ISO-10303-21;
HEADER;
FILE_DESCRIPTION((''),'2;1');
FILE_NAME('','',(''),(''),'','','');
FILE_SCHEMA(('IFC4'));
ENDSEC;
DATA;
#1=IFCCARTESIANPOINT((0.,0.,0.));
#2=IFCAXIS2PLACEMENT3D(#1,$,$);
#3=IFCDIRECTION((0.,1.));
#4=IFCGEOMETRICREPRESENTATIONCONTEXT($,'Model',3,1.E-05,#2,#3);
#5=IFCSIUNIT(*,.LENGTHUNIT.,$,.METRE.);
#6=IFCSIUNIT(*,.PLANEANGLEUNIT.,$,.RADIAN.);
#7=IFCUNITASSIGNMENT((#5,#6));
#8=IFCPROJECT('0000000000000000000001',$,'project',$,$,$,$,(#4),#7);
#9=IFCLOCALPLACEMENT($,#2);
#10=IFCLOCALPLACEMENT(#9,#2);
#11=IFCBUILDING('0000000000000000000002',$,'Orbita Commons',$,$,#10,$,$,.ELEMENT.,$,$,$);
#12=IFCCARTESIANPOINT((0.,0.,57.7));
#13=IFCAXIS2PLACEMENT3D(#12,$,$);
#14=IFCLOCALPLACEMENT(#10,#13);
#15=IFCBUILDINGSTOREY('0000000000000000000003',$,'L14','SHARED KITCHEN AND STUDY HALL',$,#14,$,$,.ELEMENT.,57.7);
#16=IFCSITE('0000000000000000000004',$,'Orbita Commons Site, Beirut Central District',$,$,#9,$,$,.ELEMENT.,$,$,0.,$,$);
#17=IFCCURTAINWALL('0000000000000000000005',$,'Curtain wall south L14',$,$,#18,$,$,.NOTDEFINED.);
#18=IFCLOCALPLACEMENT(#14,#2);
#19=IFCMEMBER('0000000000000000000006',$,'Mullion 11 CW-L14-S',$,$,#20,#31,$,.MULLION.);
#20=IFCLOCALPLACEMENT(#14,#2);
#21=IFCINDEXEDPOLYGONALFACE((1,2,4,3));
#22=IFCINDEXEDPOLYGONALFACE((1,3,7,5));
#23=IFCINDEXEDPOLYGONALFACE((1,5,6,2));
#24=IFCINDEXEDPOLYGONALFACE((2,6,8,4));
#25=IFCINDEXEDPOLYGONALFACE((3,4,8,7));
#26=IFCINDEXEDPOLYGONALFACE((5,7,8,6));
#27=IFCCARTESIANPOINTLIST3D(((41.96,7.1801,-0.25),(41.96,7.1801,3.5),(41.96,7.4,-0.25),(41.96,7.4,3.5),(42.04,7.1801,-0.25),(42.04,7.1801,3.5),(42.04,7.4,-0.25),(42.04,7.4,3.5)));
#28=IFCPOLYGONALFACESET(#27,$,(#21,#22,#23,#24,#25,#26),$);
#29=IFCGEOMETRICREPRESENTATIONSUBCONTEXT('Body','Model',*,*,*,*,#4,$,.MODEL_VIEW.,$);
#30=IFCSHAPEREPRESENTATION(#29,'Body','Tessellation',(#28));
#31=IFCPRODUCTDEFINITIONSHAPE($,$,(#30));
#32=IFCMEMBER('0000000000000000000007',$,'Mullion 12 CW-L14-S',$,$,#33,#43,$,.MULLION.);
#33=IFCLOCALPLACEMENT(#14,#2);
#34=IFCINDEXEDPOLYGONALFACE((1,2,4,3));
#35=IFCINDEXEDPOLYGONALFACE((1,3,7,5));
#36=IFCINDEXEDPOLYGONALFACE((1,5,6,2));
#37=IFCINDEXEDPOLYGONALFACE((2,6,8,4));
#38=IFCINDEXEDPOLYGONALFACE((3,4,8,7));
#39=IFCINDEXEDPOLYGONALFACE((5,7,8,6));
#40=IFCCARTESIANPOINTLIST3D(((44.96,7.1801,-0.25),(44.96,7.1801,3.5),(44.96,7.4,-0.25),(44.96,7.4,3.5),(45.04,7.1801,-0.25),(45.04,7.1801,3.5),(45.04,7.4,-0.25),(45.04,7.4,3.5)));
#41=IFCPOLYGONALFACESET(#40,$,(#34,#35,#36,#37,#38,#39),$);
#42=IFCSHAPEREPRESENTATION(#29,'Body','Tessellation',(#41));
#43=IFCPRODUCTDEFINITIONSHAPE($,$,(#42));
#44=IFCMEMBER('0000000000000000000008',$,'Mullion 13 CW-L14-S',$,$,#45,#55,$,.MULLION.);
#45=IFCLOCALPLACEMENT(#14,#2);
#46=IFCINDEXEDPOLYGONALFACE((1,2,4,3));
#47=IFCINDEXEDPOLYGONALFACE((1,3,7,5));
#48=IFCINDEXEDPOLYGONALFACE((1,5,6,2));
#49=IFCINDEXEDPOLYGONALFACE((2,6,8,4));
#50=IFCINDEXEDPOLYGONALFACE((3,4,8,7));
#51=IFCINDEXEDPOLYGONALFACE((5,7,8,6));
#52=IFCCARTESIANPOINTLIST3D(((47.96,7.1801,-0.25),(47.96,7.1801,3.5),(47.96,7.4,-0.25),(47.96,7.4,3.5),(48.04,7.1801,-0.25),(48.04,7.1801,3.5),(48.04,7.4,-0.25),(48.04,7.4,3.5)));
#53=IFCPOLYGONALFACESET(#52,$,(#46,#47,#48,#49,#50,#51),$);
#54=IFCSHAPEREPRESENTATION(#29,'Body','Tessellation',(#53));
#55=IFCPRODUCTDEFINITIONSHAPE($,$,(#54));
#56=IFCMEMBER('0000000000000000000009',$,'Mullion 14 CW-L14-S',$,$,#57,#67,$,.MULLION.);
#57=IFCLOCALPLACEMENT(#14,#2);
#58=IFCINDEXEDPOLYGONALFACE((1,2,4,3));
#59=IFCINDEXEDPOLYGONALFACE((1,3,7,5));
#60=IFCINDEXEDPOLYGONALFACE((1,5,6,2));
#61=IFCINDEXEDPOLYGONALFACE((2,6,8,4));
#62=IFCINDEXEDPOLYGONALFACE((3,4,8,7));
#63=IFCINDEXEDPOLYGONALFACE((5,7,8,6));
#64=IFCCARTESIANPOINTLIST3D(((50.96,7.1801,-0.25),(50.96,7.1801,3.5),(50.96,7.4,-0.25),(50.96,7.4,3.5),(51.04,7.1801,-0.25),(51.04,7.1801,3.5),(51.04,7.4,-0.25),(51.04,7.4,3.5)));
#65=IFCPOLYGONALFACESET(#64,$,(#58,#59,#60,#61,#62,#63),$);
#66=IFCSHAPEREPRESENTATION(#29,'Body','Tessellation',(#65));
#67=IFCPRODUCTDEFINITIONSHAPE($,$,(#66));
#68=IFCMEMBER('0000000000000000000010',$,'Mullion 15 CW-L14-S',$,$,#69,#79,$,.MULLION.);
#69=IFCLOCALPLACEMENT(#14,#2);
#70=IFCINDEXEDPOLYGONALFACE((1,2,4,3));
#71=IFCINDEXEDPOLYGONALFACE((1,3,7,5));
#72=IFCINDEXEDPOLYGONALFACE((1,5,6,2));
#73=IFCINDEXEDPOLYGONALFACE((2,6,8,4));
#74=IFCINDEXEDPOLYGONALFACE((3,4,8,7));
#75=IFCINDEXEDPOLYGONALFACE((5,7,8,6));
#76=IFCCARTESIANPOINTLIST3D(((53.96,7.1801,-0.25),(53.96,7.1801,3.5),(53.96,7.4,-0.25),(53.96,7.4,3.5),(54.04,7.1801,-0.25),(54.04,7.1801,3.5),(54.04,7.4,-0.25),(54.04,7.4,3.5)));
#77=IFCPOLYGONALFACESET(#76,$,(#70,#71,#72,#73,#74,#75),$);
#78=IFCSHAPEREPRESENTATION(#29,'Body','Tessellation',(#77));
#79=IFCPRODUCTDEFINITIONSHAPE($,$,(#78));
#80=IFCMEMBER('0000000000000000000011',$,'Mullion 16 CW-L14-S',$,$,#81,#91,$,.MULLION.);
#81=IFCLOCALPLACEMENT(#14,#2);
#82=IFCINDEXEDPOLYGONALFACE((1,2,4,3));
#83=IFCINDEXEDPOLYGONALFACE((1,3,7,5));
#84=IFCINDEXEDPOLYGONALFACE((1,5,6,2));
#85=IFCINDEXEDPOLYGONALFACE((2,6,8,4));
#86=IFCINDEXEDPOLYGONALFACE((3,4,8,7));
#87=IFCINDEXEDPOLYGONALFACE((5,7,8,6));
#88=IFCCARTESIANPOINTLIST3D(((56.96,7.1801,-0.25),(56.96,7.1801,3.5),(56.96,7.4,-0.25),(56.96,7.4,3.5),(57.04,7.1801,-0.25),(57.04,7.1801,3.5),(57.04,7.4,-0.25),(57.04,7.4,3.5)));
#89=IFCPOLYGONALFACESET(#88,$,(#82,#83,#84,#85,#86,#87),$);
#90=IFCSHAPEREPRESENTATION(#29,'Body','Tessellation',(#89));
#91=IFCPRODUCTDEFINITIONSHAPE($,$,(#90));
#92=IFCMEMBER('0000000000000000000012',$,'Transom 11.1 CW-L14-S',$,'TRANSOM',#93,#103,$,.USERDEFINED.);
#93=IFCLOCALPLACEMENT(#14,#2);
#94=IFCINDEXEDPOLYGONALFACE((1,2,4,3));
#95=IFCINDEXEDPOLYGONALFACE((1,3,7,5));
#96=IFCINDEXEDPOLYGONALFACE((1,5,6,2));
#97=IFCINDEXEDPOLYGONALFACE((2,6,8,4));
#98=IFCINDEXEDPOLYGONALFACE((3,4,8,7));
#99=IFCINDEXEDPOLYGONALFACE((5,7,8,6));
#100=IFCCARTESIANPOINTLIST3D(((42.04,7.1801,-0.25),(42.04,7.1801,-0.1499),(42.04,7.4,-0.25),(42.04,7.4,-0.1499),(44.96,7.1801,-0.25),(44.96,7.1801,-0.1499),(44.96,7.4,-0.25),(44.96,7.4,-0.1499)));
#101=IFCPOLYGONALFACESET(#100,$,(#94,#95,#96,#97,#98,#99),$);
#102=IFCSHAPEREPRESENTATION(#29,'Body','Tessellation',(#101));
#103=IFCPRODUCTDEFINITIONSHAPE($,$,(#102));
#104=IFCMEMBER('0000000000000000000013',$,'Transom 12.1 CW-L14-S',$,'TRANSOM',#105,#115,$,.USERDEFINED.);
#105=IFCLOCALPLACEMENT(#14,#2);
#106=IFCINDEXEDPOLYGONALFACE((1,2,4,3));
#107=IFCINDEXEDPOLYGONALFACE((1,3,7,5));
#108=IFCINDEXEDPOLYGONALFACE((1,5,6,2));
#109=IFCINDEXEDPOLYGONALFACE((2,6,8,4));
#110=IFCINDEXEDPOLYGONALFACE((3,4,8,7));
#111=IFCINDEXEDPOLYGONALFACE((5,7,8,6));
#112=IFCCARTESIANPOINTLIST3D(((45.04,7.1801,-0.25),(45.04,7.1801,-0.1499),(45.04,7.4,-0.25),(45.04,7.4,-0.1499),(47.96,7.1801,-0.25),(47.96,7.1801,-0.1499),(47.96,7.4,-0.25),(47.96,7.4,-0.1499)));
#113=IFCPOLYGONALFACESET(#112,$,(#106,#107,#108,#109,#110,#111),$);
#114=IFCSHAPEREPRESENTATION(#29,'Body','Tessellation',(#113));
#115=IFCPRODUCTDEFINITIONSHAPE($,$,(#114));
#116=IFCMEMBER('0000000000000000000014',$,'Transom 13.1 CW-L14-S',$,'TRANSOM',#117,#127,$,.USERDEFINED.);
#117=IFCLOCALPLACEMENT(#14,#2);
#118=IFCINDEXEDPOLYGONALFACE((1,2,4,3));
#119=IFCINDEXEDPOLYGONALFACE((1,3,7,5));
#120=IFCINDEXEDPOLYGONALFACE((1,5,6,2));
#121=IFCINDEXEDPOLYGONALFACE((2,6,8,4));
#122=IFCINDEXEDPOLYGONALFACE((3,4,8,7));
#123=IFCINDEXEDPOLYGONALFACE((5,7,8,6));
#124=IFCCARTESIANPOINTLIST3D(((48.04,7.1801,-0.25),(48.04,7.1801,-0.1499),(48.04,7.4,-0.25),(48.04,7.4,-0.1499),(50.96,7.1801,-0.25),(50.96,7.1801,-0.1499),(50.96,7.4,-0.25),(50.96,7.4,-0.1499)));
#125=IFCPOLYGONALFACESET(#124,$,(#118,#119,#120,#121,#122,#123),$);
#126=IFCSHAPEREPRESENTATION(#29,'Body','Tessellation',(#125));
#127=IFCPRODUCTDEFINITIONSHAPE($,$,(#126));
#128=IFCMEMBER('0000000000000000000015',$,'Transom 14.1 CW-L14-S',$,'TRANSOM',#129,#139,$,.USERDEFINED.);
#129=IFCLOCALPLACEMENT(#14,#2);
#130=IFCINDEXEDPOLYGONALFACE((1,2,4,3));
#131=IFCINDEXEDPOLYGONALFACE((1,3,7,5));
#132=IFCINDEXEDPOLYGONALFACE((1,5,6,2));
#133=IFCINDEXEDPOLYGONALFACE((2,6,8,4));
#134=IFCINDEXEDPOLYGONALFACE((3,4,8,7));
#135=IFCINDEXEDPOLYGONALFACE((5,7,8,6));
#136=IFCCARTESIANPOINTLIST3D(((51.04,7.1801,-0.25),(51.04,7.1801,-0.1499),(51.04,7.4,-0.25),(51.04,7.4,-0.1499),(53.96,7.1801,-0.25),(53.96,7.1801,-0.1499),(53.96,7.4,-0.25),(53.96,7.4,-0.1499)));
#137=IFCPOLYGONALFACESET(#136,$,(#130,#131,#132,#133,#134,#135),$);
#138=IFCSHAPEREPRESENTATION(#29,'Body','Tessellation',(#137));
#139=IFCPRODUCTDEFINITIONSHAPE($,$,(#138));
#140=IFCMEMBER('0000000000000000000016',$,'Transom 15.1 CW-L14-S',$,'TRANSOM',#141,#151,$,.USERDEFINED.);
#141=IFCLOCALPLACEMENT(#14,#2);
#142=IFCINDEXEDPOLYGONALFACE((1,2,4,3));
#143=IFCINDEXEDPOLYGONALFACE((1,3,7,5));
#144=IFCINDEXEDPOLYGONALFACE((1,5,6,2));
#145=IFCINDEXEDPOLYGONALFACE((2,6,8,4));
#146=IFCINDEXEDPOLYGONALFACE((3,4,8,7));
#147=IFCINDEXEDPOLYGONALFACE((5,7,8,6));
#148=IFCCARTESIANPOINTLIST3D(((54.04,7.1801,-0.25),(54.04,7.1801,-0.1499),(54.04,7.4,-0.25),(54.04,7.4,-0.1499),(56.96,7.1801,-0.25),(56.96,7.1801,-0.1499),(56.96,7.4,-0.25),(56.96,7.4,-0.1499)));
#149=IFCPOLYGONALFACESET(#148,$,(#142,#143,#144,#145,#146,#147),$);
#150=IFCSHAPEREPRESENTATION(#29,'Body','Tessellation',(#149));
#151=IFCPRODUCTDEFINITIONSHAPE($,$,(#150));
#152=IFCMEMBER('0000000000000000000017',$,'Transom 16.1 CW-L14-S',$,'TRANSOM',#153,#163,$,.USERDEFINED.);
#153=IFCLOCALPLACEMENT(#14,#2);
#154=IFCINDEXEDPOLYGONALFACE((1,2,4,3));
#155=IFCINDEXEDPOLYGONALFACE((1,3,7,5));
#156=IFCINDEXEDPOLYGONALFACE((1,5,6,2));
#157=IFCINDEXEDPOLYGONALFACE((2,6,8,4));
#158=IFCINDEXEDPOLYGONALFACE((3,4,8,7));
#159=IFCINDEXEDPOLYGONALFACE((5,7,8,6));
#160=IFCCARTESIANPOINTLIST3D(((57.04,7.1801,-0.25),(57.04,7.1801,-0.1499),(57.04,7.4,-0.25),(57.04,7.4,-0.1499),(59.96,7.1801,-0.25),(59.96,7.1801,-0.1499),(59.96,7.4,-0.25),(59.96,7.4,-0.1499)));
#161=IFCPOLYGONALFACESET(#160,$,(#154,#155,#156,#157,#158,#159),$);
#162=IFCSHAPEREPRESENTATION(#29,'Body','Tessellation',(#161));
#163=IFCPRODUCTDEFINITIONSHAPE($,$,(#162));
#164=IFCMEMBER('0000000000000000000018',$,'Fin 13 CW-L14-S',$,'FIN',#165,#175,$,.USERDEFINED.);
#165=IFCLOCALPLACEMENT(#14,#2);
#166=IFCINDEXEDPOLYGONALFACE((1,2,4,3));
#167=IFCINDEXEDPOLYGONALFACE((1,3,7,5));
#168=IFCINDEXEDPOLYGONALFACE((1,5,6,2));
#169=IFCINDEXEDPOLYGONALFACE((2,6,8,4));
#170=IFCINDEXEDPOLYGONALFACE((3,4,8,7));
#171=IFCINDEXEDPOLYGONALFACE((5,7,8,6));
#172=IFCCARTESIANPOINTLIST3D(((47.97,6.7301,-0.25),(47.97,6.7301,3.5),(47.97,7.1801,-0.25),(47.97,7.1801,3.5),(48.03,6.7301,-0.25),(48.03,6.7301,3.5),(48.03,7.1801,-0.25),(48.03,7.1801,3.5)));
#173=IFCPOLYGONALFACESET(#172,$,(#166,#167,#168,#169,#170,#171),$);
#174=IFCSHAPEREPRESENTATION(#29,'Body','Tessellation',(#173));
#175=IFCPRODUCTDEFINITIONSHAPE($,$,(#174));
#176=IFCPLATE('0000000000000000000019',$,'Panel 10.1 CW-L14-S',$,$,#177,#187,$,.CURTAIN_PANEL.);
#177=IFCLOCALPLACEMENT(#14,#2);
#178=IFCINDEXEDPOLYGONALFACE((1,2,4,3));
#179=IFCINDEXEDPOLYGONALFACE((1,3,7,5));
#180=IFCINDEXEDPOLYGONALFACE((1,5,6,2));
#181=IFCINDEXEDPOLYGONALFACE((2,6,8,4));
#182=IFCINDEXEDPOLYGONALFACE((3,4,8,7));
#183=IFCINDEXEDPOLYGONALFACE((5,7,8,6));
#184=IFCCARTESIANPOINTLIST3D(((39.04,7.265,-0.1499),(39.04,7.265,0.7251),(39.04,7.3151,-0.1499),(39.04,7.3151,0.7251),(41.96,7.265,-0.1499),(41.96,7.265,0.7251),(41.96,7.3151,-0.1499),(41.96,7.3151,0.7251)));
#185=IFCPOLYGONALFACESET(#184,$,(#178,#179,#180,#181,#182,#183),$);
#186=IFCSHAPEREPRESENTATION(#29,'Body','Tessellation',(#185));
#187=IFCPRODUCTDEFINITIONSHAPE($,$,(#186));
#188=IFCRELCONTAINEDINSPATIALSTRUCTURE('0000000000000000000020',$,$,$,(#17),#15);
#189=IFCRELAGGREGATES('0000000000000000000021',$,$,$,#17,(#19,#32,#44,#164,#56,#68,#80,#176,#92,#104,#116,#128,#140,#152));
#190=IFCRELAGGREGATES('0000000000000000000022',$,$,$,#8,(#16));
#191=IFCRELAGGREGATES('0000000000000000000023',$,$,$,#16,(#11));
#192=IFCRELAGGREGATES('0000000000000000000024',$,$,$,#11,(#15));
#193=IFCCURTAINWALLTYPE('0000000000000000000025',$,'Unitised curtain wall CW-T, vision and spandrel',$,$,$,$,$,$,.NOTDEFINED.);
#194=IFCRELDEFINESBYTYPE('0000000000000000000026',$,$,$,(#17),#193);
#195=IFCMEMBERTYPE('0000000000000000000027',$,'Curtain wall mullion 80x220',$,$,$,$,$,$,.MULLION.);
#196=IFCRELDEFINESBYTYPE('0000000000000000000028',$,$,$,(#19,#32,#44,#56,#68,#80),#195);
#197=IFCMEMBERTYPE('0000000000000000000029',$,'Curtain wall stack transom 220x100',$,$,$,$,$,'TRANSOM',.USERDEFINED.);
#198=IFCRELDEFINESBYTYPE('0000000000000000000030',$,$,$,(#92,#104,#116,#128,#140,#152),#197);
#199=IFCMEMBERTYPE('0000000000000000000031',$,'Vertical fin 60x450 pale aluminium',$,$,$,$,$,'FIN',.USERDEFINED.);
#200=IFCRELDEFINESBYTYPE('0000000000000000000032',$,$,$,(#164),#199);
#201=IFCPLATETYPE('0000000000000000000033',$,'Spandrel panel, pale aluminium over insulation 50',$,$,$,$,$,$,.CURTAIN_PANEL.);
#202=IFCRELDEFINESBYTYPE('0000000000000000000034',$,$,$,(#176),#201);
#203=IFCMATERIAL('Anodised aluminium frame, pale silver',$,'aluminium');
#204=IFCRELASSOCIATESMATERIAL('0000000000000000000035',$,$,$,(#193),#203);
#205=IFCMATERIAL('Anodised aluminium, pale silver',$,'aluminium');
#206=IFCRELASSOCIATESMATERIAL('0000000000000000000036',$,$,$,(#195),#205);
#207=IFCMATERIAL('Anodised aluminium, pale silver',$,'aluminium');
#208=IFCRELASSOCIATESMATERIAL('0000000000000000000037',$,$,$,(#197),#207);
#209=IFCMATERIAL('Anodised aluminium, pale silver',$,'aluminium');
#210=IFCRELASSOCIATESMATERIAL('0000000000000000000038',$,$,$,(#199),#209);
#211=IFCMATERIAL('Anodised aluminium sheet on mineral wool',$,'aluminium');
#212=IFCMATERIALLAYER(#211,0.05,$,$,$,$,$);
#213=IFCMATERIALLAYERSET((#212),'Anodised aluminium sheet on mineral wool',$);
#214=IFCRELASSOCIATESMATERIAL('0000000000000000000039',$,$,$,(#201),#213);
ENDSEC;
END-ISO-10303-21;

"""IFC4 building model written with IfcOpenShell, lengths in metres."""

from ifc_helpers import new_model, si_unit, direction, frame, origin, origin_2d, place, context, subcontext, project, spatial, rectangle, extrude, material, layer, layer_set, material_profile, profile_set, type_object, element, aggregate, save


model = new_model("IFC4")

# Units and contexts
model_context = context("Model", 3, precision=1e-05, world=origin(), true_north=direction((0.0, 1.0)))
body_context = subcontext(model_context, "Body", "Model", "MODEL_VIEW")
ifc_project = project(units=[si_unit("LENGTHUNIT", "METRE"), si_unit("PLANEANGLEUNIT", "RADIAN")], contexts=[model_context])

# Site, building, storey
site_placement = place(None, origin())
site = spatial("IfcSite", under=ifc_project, at=site_placement, Name="Orbita Commons Site, Beirut Central District", CompositionType="ELEMENT", RefElevation=0.0)
building_placement = place(site_placement, origin())
building = spatial("IfcBuilding", under=site, at=building_placement, Name="Orbita Commons", CompositionType="ELEMENT")
storey_placement = place(building_placement, frame((0.0, 0.0, 57.7)))
storey = spatial("IfcBuildingStorey", under=building, at=storey_placement, Name="L14", Description="SHARED KITCHEN AND STUDY HALL", CompositionType="ELEMENT", Elevation=57.7)

# Curtain wall, members, plate
ifc_material_1 = material(Name="Anodised aluminium frame, pale silver", Category="aluminium")
curtain_wall_type = type_object("IfcCurtainWallType", Name="Unitised curtain wall CW-T, vision and spandrel", PredefinedType="NOTDEFINED", material=ifc_material_1)
curtain_wall_placement = place(storey_placement, origin())
curtain_wall = element("IfcCurtainWall", 1, at=curtain_wall_placement, inside=storey, type_object=curtain_wall_type, Name="Curtain wall south L14", PredefinedType="NOTDEFINED")
ifc_material_2 = material(Name="Anodised aluminium, pale silver", Category="aluminium")
ifc_material_profile_1 = material_profile(ifc_material_2, rectangle(XDim=0.0801, YDim=0.22, at=origin_2d()), Name="AL 80x220")
ifc_profile_set_1 = profile_set([ifc_material_profile_1], Name="Anodised aluminium, pale silver")
member_type_1 = type_object("IfcMemberType", Name="Curtain wall mullion 80x220", PredefinedType="MULLION", material=ifc_profile_set_1)
member_1_placement = place(storey_placement, frame((42.0, 7.29, -0.25), z_axis=(0.0, 0.0, 1.0), x_axis=(1.0, 0.0, 0.0)))
member_1 = element("IfcMember", 2, at=member_1_placement, type_object=member_type_1, Name="Mullion 11 CW-L14-S", PredefinedType="MULLION", context=body_context, shape_type="SweptSolid", body=[
    extrude(rectangle(XDim=0.0801, YDim=0.22, at=origin_2d()), origin(), (0.0, 0.0, 1.0), 3.75),
])
member_2_placement = place(storey_placement, frame((45.0, 7.29, -0.25), z_axis=(0.0, 0.0, 1.0), x_axis=(1.0, 0.0, 0.0)))
member_2 = element("IfcMember", 3, at=member_2_placement, type_object=member_type_1, Name="Mullion 12 CW-L14-S", PredefinedType="MULLION", context=body_context, shape_type="SweptSolid", body=[
    extrude(rectangle(XDim=0.0801, YDim=0.22, at=origin_2d()), origin(), (0.0, 0.0, 1.0), 3.75),
])
member_3_placement = place(storey_placement, frame((48.0, 7.29, -0.25), z_axis=(0.0, 0.0, 1.0), x_axis=(1.0, 0.0, 0.0)))
member_3 = element("IfcMember", 4, at=member_3_placement, type_object=member_type_1, Name="Mullion 13 CW-L14-S", PredefinedType="MULLION", context=body_context, shape_type="SweptSolid", body=[
    extrude(rectangle(XDim=0.0801, YDim=0.22, at=origin_2d()), origin(), (0.0, 0.0, 1.0), 3.75),
])
member_4_placement = place(storey_placement, frame((51.0, 7.29, -0.25), z_axis=(0.0, 0.0, 1.0), x_axis=(1.0, 0.0, 0.0)))
member_4 = element("IfcMember", 5, at=member_4_placement, type_object=member_type_1, Name="Mullion 14 CW-L14-S", PredefinedType="MULLION", context=body_context, shape_type="SweptSolid", body=[
    extrude(rectangle(XDim=0.0801, YDim=0.22, at=origin_2d()), origin(), (0.0, 0.0, 1.0), 3.75),
])
member_5_placement = place(storey_placement, frame((54.0, 7.29, -0.25), z_axis=(0.0, 0.0, 1.0), x_axis=(1.0, 0.0, 0.0)))
member_5 = element("IfcMember", 6, at=member_5_placement, type_object=member_type_1, Name="Mullion 15 CW-L14-S", PredefinedType="MULLION", context=body_context, shape_type="SweptSolid", body=[
    extrude(rectangle(XDim=0.0801, YDim=0.22, at=origin_2d()), origin(), (0.0, 0.0, 1.0), 3.75),
])
member_6_placement = place(storey_placement, frame((57.0, 7.29, -0.25), z_axis=(0.0, 0.0, 1.0), x_axis=(1.0, 0.0, 0.0)))
member_6 = element("IfcMember", 7, at=member_6_placement, type_object=member_type_1, Name="Mullion 16 CW-L14-S", PredefinedType="MULLION", context=body_context, shape_type="SweptSolid", body=[
    extrude(rectangle(XDim=0.0801, YDim=0.22, at=origin_2d()), origin(), (0.0, 0.0, 1.0), 3.75),
])
ifc_material_3 = material(Name="Anodised aluminium, pale silver", Category="aluminium")
ifc_material_profile_2 = material_profile(ifc_material_3, rectangle(XDim=0.22, YDim=0.1001, at=origin_2d()), Name="AL 220x100")
ifc_profile_set_2 = profile_set([ifc_material_profile_2], Name="Anodised aluminium, pale silver")
member_type_2 = type_object("IfcMemberType", Name="Curtain wall stack transom 220x100", ElementType="TRANSOM", PredefinedType="USERDEFINED", material=ifc_profile_set_2)
member_7_placement = place(storey_placement, frame((42.04, 7.29, -0.2), z_axis=(1.0, 0.0, 0.0), x_axis=(0.0, 1.0, 0.0)))
member_7 = element("IfcMember", 8, at=member_7_placement, type_object=member_type_2, Name="Transom 11.1 CW-L14-S", ObjectType="TRANSOM", PredefinedType="USERDEFINED", context=body_context, shape_type="SweptSolid", body=[
    extrude(rectangle(XDim=0.22, YDim=0.1001, at=origin_2d()), origin(), (0.0, 0.0, 1.0), 2.9199),
])
member_8_placement = place(storey_placement, frame((45.04, 7.29, -0.2), z_axis=(1.0, 0.0, 0.0), x_axis=(0.0, 1.0, 0.0)))
member_8 = element("IfcMember", 9, at=member_8_placement, type_object=member_type_2, Name="Transom 12.1 CW-L14-S", ObjectType="TRANSOM", PredefinedType="USERDEFINED", context=body_context, shape_type="SweptSolid", body=[
    extrude(rectangle(XDim=0.22, YDim=0.1001, at=origin_2d()), origin(), (0.0, 0.0, 1.0), 2.9199),
])
member_9_placement = place(storey_placement, frame((48.04, 7.29, -0.2), z_axis=(1.0, 0.0, 0.0), x_axis=(0.0, 1.0, 0.0)))
member_9 = element("IfcMember", 10, at=member_9_placement, type_object=member_type_2, Name="Transom 13.1 CW-L14-S", ObjectType="TRANSOM", PredefinedType="USERDEFINED", context=body_context, shape_type="SweptSolid", body=[
    extrude(rectangle(XDim=0.22, YDim=0.1001, at=origin_2d()), origin(), (0.0, 0.0, 1.0), 2.9199),
])
member_10_placement = place(storey_placement, frame((51.04, 7.29, -0.2), z_axis=(1.0, 0.0, 0.0), x_axis=(0.0, 1.0, 0.0)))
member_10 = element("IfcMember", 11, at=member_10_placement, type_object=member_type_2, Name="Transom 14.1 CW-L14-S", ObjectType="TRANSOM", PredefinedType="USERDEFINED", context=body_context, shape_type="SweptSolid", body=[
    extrude(rectangle(XDim=0.22, YDim=0.1001, at=origin_2d()), origin(), (0.0, 0.0, 1.0), 2.9199),
])
member_11_placement = place(storey_placement, frame((54.04, 7.29, -0.2), z_axis=(1.0, 0.0, 0.0), x_axis=(0.0, 1.0, 0.0)))
member_11 = element("IfcMember", 12, at=member_11_placement, type_object=member_type_2, Name="Transom 15.1 CW-L14-S", ObjectType="TRANSOM", PredefinedType="USERDEFINED", context=body_context, shape_type="SweptSolid", body=[
    extrude(rectangle(XDim=0.22, YDim=0.1001, at=origin_2d()), origin(), (0.0, 0.0, 1.0), 2.9199),
])
member_12_placement = place(storey_placement, frame((57.04, 7.29, -0.2), z_axis=(1.0, 0.0, 0.0), x_axis=(0.0, 1.0, 0.0)))
member_12 = element("IfcMember", 13, at=member_12_placement, type_object=member_type_2, Name="Transom 16.1 CW-L14-S", ObjectType="TRANSOM", PredefinedType="USERDEFINED", context=body_context, shape_type="SweptSolid", body=[
    extrude(rectangle(XDim=0.22, YDim=0.1001, at=origin_2d()), origin(), (0.0, 0.0, 1.0), 2.9199),
])
ifc_material_4 = material(Name="Anodised aluminium, pale silver", Category="aluminium")
ifc_material_profile_3 = material_profile(ifc_material_4, rectangle(XDim=0.0601, YDim=0.45, at=origin_2d()), Name="FIN 60x450")
ifc_profile_set_3 = profile_set([ifc_material_profile_3], Name="Anodised aluminium, pale silver")
member_type_3 = type_object("IfcMemberType", Name="Vertical fin 60x450 pale aluminium", ElementType="FIN", PredefinedType="USERDEFINED", material=ifc_profile_set_3)
member_13_placement = place(storey_placement, frame((48.0, 6.9551, -0.25), z_axis=(0.0, 0.0, 1.0), x_axis=(1.0, 0.0, 0.0)))
member_13 = element("IfcMember", 14, at=member_13_placement, type_object=member_type_3, Name="Fin 13 CW-L14-S", ObjectType="FIN", PredefinedType="USERDEFINED", context=body_context, shape_type="SweptSolid", body=[
    extrude(rectangle(XDim=0.0601, YDim=0.45, at=origin_2d()), origin(), (0.0, 0.0, 1.0), 3.75),
])
ifc_material_5 = material(Name="Anodised aluminium sheet on mineral wool", Category="aluminium")
ifc_layer_1 = layer(ifc_material_5, 0.05)
ifc_layer_set_1 = layer_set([ifc_layer_1], Name="Anodised aluminium sheet on mineral wool")
plate_type_1 = type_object("IfcPlateType", Name="Spandrel panel, pale aluminium over insulation 50", PredefinedType="CURTAIN_PANEL", material=ifc_layer_set_1)
plate_1_placement = place(storey_placement, frame((40.5, 7.29, -0.1499), z_axis=(0.0, 0.0, 1.0), x_axis=(1.0, 0.0, 0.0)))
plate_1 = element("IfcPlate", 15, at=plate_1_placement, type_object=plate_type_1, Name="Panel 10.1 CW-L14-S", PredefinedType="CURTAIN_PANEL", context=body_context, shape_type="SweptSolid", body=[
    extrude(rectangle(XDim=2.9199, YDim=0.05, at=origin_2d()), origin(), (0.0, 0.0, 1.0), 0.875),
])
aggregate(curtain_wall, [member_1, member_2, member_3, member_13, member_4, member_5, member_6, plate_1, member_7, member_8, member_9, member_10, member_11, member_12])

save(model, "model.ifc")
